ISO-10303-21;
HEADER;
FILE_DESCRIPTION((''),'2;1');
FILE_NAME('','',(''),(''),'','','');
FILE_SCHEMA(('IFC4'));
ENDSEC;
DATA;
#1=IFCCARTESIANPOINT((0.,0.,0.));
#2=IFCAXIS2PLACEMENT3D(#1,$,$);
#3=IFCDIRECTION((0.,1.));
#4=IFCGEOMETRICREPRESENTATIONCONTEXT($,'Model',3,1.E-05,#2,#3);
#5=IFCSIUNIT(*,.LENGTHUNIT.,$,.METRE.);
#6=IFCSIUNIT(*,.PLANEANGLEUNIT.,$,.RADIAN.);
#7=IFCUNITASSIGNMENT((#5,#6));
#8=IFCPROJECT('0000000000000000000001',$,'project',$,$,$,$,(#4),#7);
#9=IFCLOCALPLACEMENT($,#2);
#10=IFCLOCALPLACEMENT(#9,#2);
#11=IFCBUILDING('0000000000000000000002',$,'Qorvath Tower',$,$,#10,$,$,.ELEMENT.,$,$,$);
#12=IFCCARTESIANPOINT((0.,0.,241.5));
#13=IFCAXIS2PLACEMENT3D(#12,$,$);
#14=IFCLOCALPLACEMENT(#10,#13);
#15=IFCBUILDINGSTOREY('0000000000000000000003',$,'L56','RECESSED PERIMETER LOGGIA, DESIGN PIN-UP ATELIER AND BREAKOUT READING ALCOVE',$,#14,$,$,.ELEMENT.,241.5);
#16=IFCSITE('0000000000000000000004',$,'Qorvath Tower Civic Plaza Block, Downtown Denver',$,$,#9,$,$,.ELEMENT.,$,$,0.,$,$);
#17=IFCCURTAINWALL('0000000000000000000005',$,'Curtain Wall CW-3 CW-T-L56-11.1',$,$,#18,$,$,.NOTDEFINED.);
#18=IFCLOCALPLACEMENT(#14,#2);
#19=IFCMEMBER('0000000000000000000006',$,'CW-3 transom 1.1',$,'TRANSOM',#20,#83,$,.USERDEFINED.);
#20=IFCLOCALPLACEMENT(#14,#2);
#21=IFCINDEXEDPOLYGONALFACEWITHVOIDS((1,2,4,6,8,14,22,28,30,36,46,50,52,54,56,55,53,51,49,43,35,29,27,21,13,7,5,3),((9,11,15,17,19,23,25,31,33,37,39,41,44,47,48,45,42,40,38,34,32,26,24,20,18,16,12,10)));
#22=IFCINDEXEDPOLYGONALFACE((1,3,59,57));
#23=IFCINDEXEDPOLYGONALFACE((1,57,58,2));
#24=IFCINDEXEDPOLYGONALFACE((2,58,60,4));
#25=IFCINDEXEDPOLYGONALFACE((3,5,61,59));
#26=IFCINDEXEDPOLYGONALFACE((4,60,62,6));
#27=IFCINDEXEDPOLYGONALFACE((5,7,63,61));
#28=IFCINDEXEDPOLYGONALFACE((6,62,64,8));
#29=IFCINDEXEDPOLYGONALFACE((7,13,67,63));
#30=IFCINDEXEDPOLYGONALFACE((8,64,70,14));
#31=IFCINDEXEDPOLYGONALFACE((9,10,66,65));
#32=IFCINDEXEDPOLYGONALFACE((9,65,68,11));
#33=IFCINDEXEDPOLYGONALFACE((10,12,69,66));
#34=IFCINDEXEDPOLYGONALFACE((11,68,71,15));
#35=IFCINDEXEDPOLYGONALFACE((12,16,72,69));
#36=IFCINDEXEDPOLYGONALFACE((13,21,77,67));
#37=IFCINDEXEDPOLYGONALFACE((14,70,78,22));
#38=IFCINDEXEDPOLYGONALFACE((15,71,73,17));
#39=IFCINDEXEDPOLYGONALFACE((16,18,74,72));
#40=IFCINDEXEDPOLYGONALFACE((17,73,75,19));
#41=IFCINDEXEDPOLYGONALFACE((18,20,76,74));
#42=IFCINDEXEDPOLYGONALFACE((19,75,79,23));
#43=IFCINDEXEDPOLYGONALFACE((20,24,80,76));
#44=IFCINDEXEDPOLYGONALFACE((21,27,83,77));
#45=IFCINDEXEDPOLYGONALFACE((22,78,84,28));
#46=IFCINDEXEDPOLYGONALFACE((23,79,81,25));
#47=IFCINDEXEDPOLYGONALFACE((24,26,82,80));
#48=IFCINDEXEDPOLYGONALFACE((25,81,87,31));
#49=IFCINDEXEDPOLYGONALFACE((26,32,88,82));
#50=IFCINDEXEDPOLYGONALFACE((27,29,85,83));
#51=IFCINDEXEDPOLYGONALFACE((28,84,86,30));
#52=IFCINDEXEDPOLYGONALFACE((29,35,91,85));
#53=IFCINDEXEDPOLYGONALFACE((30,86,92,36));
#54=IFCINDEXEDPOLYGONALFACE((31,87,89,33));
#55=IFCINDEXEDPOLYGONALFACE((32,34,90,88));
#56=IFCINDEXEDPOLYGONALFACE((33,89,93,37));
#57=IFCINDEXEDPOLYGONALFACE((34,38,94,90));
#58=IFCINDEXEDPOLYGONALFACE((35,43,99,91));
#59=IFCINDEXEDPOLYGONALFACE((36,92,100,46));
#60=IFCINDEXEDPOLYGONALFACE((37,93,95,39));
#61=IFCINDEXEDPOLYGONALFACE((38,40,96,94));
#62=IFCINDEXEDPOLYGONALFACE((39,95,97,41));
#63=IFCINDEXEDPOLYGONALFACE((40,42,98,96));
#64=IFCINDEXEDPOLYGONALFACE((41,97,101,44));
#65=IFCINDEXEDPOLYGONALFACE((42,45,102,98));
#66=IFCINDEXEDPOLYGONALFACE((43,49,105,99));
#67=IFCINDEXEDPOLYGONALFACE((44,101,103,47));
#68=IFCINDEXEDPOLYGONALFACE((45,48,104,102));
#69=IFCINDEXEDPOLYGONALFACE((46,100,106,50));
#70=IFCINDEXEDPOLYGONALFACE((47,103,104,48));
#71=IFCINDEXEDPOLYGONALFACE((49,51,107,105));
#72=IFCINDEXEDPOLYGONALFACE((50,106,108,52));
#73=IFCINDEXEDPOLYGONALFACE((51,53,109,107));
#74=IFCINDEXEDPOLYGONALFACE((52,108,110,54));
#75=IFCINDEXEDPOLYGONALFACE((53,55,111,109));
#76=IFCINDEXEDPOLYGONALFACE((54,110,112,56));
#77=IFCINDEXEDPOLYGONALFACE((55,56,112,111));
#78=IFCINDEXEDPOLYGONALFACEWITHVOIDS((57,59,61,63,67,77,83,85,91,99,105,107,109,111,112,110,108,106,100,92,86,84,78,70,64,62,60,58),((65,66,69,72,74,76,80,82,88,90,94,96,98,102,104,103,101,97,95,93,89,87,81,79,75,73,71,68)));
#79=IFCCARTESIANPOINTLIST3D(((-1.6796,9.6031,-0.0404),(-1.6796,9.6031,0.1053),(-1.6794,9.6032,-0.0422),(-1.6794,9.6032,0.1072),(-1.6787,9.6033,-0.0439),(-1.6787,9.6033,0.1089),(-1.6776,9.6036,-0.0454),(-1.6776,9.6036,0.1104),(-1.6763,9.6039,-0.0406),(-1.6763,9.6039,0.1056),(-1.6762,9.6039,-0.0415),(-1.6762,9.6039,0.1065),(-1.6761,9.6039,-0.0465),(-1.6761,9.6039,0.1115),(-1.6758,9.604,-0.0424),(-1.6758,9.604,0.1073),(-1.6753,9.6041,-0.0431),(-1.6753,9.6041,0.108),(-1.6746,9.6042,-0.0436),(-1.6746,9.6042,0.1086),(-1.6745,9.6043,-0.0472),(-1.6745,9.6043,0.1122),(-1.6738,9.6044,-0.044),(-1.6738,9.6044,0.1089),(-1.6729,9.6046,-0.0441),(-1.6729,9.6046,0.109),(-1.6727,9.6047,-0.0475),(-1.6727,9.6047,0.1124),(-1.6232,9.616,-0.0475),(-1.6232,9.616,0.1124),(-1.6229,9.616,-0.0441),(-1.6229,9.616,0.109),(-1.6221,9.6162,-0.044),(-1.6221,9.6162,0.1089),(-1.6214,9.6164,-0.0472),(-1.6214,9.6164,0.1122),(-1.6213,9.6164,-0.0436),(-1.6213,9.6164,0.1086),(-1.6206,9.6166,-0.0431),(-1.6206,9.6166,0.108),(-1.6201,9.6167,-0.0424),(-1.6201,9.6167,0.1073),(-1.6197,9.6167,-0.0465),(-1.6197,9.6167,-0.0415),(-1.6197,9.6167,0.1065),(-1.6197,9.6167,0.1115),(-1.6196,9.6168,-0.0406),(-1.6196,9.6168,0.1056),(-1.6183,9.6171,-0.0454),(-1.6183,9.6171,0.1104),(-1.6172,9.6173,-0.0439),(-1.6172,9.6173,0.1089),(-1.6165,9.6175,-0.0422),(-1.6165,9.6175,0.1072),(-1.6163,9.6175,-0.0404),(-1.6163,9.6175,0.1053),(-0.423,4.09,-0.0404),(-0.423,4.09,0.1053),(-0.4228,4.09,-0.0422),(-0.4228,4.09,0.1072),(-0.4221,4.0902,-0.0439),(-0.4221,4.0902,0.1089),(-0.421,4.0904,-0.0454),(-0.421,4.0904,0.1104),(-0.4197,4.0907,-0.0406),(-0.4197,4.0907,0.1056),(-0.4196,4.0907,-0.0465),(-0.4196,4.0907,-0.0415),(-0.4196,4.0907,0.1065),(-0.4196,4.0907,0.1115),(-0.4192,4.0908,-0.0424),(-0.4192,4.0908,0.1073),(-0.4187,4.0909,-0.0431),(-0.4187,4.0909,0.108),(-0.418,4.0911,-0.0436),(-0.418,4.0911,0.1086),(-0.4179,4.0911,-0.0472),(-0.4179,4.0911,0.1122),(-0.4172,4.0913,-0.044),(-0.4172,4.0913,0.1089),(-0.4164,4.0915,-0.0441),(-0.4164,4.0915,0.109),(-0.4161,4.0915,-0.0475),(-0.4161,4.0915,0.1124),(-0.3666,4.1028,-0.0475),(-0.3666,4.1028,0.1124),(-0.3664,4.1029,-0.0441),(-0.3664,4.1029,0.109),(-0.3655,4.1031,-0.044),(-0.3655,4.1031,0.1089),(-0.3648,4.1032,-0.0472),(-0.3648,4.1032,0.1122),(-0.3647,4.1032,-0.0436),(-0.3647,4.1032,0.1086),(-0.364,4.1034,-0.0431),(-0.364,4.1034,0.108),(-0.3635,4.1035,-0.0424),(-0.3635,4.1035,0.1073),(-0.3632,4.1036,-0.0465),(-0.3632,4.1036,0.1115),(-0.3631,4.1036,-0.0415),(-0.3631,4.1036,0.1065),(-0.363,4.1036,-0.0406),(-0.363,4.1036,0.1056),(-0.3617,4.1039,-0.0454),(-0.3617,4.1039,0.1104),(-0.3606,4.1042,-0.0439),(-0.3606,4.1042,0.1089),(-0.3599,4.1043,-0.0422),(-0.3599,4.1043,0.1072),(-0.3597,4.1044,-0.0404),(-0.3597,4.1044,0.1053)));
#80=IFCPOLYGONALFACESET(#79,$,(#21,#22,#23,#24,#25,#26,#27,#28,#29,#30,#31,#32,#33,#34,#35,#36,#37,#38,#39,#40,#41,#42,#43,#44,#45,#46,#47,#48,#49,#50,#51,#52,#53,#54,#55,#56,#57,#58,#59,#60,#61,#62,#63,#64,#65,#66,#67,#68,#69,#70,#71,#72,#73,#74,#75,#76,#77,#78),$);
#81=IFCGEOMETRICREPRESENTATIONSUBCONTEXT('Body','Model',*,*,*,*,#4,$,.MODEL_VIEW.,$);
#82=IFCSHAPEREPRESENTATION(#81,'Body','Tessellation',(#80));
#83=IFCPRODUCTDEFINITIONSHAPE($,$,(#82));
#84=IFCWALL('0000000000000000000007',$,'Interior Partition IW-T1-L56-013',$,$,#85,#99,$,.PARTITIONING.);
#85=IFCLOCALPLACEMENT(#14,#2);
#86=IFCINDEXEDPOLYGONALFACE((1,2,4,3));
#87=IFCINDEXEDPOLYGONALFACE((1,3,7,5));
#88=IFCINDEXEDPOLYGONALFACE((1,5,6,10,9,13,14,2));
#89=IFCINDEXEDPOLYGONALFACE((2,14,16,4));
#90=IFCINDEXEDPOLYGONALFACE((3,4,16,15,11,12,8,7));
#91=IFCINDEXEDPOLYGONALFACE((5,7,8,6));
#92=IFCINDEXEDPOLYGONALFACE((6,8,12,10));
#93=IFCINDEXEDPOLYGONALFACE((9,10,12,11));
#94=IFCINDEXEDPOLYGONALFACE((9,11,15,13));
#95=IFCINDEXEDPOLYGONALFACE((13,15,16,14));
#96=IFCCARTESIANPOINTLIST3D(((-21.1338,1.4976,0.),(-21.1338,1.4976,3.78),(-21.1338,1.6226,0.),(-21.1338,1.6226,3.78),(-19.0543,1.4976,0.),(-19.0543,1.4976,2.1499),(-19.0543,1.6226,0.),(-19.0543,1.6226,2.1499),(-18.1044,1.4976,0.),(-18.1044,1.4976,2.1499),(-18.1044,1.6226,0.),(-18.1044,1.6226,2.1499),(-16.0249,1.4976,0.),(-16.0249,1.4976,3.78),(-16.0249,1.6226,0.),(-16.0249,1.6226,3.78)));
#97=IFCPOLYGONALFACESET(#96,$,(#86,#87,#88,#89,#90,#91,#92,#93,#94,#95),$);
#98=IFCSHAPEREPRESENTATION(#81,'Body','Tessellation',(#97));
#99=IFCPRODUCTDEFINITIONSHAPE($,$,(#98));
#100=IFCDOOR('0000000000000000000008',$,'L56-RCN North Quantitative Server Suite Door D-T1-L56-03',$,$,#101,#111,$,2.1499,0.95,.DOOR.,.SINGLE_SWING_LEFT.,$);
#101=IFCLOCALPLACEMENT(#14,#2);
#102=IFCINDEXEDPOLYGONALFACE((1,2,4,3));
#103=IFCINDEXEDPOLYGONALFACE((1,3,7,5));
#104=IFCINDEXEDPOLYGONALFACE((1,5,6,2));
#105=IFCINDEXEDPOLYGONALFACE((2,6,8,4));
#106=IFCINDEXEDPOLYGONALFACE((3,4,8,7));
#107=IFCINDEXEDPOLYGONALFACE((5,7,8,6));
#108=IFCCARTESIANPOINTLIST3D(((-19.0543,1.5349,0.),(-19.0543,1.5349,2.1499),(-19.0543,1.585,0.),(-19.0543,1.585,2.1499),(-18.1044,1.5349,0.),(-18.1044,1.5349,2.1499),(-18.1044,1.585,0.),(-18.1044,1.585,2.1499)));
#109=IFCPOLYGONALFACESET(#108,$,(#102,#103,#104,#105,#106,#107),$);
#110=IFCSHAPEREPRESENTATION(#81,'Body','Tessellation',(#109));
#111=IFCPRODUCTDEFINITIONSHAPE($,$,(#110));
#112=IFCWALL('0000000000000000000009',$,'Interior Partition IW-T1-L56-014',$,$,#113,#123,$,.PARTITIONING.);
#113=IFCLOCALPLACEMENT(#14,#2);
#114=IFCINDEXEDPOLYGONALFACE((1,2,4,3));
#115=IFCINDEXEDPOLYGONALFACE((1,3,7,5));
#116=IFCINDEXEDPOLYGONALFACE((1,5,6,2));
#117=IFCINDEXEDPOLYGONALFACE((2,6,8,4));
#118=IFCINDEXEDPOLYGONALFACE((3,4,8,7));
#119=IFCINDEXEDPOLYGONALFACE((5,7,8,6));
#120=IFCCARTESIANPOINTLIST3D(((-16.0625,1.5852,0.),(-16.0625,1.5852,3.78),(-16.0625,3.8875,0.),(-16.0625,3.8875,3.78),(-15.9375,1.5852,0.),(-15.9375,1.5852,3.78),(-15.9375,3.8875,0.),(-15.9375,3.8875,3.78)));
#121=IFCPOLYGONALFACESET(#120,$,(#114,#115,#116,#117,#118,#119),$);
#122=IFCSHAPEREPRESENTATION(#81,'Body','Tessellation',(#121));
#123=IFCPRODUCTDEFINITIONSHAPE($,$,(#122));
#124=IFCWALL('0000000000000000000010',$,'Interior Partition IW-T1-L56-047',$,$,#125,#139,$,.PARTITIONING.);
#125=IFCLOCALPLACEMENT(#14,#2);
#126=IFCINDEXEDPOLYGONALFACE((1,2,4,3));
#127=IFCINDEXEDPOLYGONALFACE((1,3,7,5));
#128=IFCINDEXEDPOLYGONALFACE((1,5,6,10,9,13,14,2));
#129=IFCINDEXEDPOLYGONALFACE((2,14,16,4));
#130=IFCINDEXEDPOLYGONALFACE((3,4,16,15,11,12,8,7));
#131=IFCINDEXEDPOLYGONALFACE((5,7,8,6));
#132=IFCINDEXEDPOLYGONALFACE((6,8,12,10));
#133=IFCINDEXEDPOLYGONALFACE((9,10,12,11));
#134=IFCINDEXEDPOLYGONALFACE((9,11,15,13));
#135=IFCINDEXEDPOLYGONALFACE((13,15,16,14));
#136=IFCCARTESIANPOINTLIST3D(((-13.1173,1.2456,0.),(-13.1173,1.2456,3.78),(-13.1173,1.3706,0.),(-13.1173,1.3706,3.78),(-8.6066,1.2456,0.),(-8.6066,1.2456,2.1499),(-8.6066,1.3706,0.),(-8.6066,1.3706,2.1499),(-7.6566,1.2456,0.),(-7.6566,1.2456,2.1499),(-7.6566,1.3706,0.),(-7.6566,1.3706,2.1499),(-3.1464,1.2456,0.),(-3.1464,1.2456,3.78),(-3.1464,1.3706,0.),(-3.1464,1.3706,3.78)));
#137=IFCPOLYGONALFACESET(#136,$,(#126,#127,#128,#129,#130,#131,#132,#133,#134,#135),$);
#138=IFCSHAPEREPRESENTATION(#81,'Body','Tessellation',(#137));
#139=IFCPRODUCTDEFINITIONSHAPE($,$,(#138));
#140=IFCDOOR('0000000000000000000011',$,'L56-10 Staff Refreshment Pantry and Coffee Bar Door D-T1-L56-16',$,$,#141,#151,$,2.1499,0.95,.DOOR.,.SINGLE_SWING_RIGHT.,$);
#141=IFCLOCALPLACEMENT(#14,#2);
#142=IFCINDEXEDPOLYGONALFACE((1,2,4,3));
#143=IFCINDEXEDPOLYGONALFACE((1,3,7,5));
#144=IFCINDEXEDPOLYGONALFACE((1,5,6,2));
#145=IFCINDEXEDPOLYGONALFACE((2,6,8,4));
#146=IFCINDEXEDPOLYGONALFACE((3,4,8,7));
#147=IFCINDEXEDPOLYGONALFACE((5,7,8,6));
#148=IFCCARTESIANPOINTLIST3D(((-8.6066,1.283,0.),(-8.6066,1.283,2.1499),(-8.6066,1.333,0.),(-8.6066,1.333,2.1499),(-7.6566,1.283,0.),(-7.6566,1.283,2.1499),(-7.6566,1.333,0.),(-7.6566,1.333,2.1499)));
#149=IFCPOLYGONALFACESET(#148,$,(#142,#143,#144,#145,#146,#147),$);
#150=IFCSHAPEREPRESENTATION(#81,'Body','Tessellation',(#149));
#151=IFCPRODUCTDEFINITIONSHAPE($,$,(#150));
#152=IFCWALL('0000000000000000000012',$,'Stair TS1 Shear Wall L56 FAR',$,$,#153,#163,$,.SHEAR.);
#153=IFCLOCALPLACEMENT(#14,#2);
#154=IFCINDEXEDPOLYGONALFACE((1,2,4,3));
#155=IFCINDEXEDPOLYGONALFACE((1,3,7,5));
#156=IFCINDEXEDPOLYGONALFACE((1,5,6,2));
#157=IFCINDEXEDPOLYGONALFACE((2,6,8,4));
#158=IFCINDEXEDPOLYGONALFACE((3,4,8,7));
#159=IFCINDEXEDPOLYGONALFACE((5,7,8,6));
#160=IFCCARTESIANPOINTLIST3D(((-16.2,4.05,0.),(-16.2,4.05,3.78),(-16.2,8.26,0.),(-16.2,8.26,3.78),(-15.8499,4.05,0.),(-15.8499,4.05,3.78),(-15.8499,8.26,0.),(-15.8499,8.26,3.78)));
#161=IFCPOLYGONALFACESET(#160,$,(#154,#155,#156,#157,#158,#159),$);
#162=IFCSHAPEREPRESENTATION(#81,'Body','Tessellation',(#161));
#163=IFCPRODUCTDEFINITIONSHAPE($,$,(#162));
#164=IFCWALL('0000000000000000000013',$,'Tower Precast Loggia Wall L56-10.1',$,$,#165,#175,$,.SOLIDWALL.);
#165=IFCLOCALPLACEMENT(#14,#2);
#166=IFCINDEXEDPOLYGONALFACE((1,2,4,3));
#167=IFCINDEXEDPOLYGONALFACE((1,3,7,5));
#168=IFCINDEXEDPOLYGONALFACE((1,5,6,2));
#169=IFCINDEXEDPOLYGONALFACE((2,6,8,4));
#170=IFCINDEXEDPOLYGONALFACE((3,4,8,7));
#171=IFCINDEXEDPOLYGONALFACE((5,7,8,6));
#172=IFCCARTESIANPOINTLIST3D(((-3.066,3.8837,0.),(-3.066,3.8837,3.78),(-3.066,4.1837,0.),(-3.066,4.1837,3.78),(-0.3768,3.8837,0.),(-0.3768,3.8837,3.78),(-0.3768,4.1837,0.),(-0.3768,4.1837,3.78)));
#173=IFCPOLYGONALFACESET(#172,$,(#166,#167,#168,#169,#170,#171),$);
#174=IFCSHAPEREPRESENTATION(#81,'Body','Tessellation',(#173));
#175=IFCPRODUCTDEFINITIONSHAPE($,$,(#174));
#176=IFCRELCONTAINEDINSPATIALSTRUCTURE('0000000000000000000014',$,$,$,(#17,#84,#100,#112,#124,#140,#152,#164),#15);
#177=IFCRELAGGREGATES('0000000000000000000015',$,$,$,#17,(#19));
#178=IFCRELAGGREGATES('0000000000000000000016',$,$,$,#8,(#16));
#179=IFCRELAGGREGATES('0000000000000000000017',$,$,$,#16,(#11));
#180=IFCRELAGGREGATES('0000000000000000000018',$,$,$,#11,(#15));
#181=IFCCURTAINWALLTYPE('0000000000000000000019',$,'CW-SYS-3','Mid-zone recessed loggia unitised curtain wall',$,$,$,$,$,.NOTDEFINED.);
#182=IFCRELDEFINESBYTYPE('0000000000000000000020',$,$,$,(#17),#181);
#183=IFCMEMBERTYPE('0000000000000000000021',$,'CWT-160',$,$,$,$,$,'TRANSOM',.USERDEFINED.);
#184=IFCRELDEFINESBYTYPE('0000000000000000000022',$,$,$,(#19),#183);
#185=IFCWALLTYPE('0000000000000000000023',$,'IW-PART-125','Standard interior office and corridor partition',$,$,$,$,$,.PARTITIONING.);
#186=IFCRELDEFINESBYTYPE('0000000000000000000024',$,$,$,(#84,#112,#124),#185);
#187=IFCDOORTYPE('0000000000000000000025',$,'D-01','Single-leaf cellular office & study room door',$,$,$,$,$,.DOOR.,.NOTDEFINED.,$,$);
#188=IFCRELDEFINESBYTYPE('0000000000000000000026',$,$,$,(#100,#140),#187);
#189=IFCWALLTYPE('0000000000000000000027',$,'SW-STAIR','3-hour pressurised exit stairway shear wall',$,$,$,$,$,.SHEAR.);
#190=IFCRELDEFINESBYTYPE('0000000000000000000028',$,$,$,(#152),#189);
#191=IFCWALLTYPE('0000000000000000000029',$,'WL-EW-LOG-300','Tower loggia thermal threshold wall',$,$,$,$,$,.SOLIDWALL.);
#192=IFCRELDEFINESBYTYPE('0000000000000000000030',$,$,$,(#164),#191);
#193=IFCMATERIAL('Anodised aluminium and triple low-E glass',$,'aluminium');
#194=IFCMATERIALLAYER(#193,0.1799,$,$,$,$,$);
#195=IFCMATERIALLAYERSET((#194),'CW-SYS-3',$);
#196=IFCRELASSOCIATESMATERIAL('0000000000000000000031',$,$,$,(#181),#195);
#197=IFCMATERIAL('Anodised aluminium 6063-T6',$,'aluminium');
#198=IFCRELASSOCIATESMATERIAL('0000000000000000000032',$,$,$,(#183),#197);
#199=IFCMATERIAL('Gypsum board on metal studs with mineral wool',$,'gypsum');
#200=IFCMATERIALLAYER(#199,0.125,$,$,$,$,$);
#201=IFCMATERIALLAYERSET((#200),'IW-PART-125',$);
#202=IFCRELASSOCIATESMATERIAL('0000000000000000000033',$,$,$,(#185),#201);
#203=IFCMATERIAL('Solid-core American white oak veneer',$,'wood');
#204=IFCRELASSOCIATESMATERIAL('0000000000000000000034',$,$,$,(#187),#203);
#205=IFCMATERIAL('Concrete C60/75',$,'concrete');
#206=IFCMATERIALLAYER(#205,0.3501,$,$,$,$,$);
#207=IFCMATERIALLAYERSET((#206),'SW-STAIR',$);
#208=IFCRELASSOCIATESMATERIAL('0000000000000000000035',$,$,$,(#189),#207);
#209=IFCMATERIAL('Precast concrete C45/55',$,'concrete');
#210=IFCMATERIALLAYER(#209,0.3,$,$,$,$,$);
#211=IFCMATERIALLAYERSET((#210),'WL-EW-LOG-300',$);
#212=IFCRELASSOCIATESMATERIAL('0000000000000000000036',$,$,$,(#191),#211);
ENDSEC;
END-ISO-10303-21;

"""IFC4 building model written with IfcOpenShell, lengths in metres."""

from ifc_helpers import new_model, si_unit, direction, frame, frame_2d, origin, origin_2d, place, context, subcontext, project, spatial, rectangle, hollow_rectangle, extrude, material, layer, layer_set, material_profile, profile_set, type_object, element, fill, aggregate, save


model = new_model("IFC4")

# Units and contexts
model_context = context("Model", 3, precision=1e-05, world=origin(), true_north=direction((0.0, 1.0)))
body_context = subcontext(model_context, "Body", "Model", "MODEL_VIEW")
ifc_project = project(units=[si_unit("LENGTHUNIT", "METRE"), si_unit("PLANEANGLEUNIT", "RADIAN")], contexts=[model_context])

# Site, building, storey
site_placement = place(None, origin())
site = spatial("IfcSite", under=ifc_project, at=site_placement, Name="Qorvath Tower Civic Plaza Block, Downtown Denver", CompositionType="ELEMENT", RefElevation=0.0)
building_placement = place(site_placement, origin())
building = spatial("IfcBuilding", under=site, at=building_placement, Name="Qorvath Tower", CompositionType="ELEMENT")
storey_placement = place(building_placement, frame((0.0, 0.0, 241.5)))
storey = spatial("IfcBuildingStorey", under=building, at=storey_placement, Name="L56", Description="RECESSED PERIMETER LOGGIA, DESIGN PIN-UP ATELIER AND BREAKOUT READING ALCOVE", CompositionType="ELEMENT", Elevation=241.5)

# Shared definitions
ifc_material_1 = material(Name="Anodised aluminium and triple low-E glass", Category="aluminium")
ifc_layer_1 = layer(ifc_material_1, 0.1799)
ifc_layer_set_1 = layer_set([ifc_layer_1], Name="CW-SYS-3")
curtain_wall_type = type_object("IfcCurtainWallType", Name="CW-SYS-3", Description="Mid-zone recessed loggia unitised curtain wall", PredefinedType="NOTDEFINED", material=ifc_layer_set_1)

# Curtain wall, member
curtain_wall_1_placement = place(storey_placement, origin())
curtain_wall_1 = element("IfcCurtainWall", 1, at=curtain_wall_1_placement, inside=storey, type_object=curtain_wall_type, Name="Curtain Wall CW-3 CW-T-L56-11.1", PredefinedType="NOTDEFINED")
ifc_material_2 = material(Name="Anodised aluminium 6063-T6", Category="aluminium")
ifc_material_profile_1 = material_profile(ifc_material_2, hollow_rectangle(XDim=0.0649, YDim=0.1599, WallThickness=0.0034, InnerFilletRadius=0.0034, OuterFilletRadius=0.0071, at=origin_2d()), Name="CWT 160x65")
ifc_profile_set_1 = profile_set([ifc_material_profile_1], Name="Anodised aluminium 6063-T6")
member_type_1 = type_object("IfcMemberType", Name="CWT-160", ElementType="TRANSOM", PredefinedType="USERDEFINED", material=ifc_profile_set_1)
member_1_placement = place(storey_placement, frame((-0.3914, 4.0972, 0.0325), z_axis=(-0.222226, 0.974995, 0.0), x_axis=(-0.974995, -0.222226, 0.0)))
member_1 = element("IfcMember", 2, at=member_1_placement, type_object=member_type_1, Name="CW-3 transom 1.1", ObjectType="TRANSOM", PredefinedType="USERDEFINED", context=body_context, shape_type="SweptSolid", body=[
    extrude(hollow_rectangle(XDim=0.0649, YDim=0.1599, WallThickness=0.0034, InnerFilletRadius=0.0034, OuterFilletRadius=0.0071, at=origin_2d()), origin(), (0.0, 0.0, 1.0), 5.6545),
])
aggregate(curtain_wall_1, [member_1])

# Wall, opening, door
ifc_material_3 = material(Name="Gypsum board on metal studs with mineral wool", Category="gypsum")
ifc_layer_2 = layer(ifc_material_3, 0.125)
ifc_layer_set_2 = layer_set([ifc_layer_2], Name="IW-PART-125")
wall_type_1 = type_object("IfcWallType", Name="IW-PART-125", Description="Standard interior office and corridor partition", PredefinedType="PARTITIONING", material=ifc_layer_set_2)
wall_1_placement = place(storey_placement, frame((-21.1338, 1.5601, 0.0), z_axis=(0.0, 0.0, 1.0), x_axis=(1.0, 0.0, 0.0)))
wall_1 = element("IfcWall", 3, at=wall_1_placement, inside=storey, type_object=wall_type_1, Name="Interior Partition IW-T1-L56-013", PredefinedType="PARTITIONING", context=body_context, shape_type="SweptSolid", body=[
    extrude(rectangle(XDim=5.1089, YDim=0.125, at=frame_2d((2.5544, 0.0))), origin(), (0.0, 0.0, 1.0), 3.78),
])
opening_1_placement = place(wall_1_placement, frame((2.0793, 0.0, 0.0)))
opening_1 = element("IfcOpeningElement", 4, at=opening_1_placement, cuts=wall_1, PredefinedType="OPENING", context=body_context, shape_type="SweptSolid", body=[
    extrude(rectangle(XDim=0.95, YDim=2.1499, at=frame_2d((0.4751, 1.075))), frame((0.0, 0.0725, 0.0), z_axis=(0.0, -1.0, 0.0), x_axis=(1.0, 0.0, 0.0)), (0.0, 0.0, 1.0), 0.145),
])
ifc_material_4 = material(Name="Solid-core American white oak veneer", Category="wood")
door_type = type_object("IfcDoorType", Name="D-01", Description="Single-leaf cellular office & study room door", OperationType="NOTDEFINED", PredefinedType="DOOR", material=ifc_material_4)
door_1_placement = place(opening_1_placement, origin())
door_1 = element("IfcDoor", 5, at=door_1_placement, inside=storey, type_object=door_type, Name="L56-RCN North Quantitative Server Suite Door D-T1-L56-03", OperationType="SINGLE_SWING_LEFT", OverallHeight=2.1499, OverallWidth=0.95, PredefinedType="DOOR", context=body_context, shape_type="SweptSolid", body=[
    extrude(rectangle(XDim=0.95, YDim=2.1499, at=frame_2d((0.4751, 1.075))), frame((0.0, 0.0249, 0.0), z_axis=(0.0, -1.0, 0.0), x_axis=(1.0, 0.0, 0.0)), (0.0, 0.0, 1.0), 0.05),
])
fill(opening_1, door_1)

# Wall
wall_2_placement = place(storey_placement, frame((-16.0, 1.5852, 0.0), z_axis=(0.0, 0.0, 1.0), x_axis=(0.0, 1.0, 0.0)))
element("IfcWall", 6, at=wall_2_placement, inside=storey, type_object=wall_type_1, Name="Interior Partition IW-T1-L56-014", PredefinedType="PARTITIONING", context=body_context, shape_type="SweptSolid", body=[
    extrude(rectangle(XDim=2.3022, YDim=0.125, at=frame_2d((1.1511, 0.0))), origin(), (0.0, 0.0, 1.0), 3.78),
])

# Wall, opening, door
wall_3_placement = place(storey_placement, frame((-13.1172, 1.3081, 0.0), z_axis=(0.0, 0.0, 1.0), x_axis=(1.0, 0.0, 0.0)))
wall_3 = element("IfcWall", 7, at=wall_3_placement, inside=storey, type_object=wall_type_1, Name="Interior Partition IW-T1-L56-047", PredefinedType="PARTITIONING", context=body_context, shape_type="SweptSolid", body=[
    extrude(rectangle(XDim=9.9709, YDim=0.125, at=frame_2d((4.9854, 0.0))), origin(), (0.0, 0.0, 1.0), 3.78),
])
opening_2_placement = place(wall_3_placement, frame((4.5105, 0.0, 0.0)))
opening_2 = element("IfcOpeningElement", 8, at=opening_2_placement, cuts=wall_3, PredefinedType="OPENING", context=body_context, shape_type="SweptSolid", body=[
    extrude(rectangle(XDim=0.95, YDim=2.1499, at=frame_2d((0.4751, 1.075))), frame((0.0, 0.0725, 0.0), z_axis=(0.0, -1.0, 0.0), x_axis=(1.0, 0.0, 0.0)), (0.0, 0.0, 1.0), 0.145),
])
door_2_placement = place(opening_2_placement, origin())
door_2 = element("IfcDoor", 9, at=door_2_placement, inside=storey, type_object=door_type, Name="L56-10 Staff Refreshment Pantry and Coffee Bar Door D-T1-L56-16", OperationType="SINGLE_SWING_RIGHT", OverallHeight=2.1499, OverallWidth=0.95, PredefinedType="DOOR", context=body_context, shape_type="SweptSolid", body=[
    extrude(rectangle(XDim=0.95, YDim=2.1499, at=frame_2d((0.4751, 1.075))), frame((0.0, 0.0249, 0.0), z_axis=(0.0, -1.0, 0.0), x_axis=(1.0, 0.0, 0.0)), (0.0, 0.0, 1.0), 0.05),
])
fill(opening_2, door_2)

# Walls
ifc_material_5 = material(Name="Concrete C60/75", Category="concrete")
ifc_layer_3 = layer(ifc_material_5, 0.3501)
ifc_layer_set_3 = layer_set([ifc_layer_3], Name="SW-STAIR")
wall_type_2 = type_object("IfcWallType", Name="SW-STAIR", Description="3-hour pressurised exit stairway shear wall", PredefinedType="SHEAR", material=ifc_layer_set_3)
wall_4_placement = place(storey_placement, frame((-16.0249, 4.05, 0.0), z_axis=(0.0, 0.0, 1.0), x_axis=(0.0, 1.0, 0.0)))
element("IfcWall", 10, at=wall_4_placement, inside=storey, type_object=wall_type_2, Name="Stair TS1 Shear Wall L56 FAR", PredefinedType="SHEAR", context=body_context, shape_type="SweptSolid", body=[
    extrude(rectangle(XDim=4.21, YDim=0.3501, at=frame_2d((2.105, 0.0))), origin(), (0.0, 0.0, 1.0), 3.78),
])
ifc_material_6 = material(Name="Precast concrete C45/55", Category="concrete")
ifc_layer_4 = layer(ifc_material_6, 0.3)
ifc_layer_set_4 = layer_set([ifc_layer_4], Name="WL-EW-LOG-300")
wall_type_3 = type_object("IfcWallType", Name="WL-EW-LOG-300", Description="Tower loggia thermal threshold wall", PredefinedType="SOLIDWALL", material=ifc_layer_set_4)
wall_5_placement = place(storey_placement, frame((-3.0662, 4.0337, 0.0), z_axis=(0.0, 0.0, 1.0), x_axis=(1.0, 0.0, 0.0)))
element("IfcWall", 11, at=wall_5_placement, inside=storey, type_object=wall_type_3, Name="Tower Precast Loggia Wall L56-10.1", PredefinedType="SOLIDWALL", context=body_context, shape_type="SweptSolid", body=[
    extrude(rectangle(XDim=2.6892, YDim=0.3, at=frame_2d((1.3447, 0.0))), origin(), (0.0, 0.0, 1.0), 3.78),
])

save(model, "model.ifc")
